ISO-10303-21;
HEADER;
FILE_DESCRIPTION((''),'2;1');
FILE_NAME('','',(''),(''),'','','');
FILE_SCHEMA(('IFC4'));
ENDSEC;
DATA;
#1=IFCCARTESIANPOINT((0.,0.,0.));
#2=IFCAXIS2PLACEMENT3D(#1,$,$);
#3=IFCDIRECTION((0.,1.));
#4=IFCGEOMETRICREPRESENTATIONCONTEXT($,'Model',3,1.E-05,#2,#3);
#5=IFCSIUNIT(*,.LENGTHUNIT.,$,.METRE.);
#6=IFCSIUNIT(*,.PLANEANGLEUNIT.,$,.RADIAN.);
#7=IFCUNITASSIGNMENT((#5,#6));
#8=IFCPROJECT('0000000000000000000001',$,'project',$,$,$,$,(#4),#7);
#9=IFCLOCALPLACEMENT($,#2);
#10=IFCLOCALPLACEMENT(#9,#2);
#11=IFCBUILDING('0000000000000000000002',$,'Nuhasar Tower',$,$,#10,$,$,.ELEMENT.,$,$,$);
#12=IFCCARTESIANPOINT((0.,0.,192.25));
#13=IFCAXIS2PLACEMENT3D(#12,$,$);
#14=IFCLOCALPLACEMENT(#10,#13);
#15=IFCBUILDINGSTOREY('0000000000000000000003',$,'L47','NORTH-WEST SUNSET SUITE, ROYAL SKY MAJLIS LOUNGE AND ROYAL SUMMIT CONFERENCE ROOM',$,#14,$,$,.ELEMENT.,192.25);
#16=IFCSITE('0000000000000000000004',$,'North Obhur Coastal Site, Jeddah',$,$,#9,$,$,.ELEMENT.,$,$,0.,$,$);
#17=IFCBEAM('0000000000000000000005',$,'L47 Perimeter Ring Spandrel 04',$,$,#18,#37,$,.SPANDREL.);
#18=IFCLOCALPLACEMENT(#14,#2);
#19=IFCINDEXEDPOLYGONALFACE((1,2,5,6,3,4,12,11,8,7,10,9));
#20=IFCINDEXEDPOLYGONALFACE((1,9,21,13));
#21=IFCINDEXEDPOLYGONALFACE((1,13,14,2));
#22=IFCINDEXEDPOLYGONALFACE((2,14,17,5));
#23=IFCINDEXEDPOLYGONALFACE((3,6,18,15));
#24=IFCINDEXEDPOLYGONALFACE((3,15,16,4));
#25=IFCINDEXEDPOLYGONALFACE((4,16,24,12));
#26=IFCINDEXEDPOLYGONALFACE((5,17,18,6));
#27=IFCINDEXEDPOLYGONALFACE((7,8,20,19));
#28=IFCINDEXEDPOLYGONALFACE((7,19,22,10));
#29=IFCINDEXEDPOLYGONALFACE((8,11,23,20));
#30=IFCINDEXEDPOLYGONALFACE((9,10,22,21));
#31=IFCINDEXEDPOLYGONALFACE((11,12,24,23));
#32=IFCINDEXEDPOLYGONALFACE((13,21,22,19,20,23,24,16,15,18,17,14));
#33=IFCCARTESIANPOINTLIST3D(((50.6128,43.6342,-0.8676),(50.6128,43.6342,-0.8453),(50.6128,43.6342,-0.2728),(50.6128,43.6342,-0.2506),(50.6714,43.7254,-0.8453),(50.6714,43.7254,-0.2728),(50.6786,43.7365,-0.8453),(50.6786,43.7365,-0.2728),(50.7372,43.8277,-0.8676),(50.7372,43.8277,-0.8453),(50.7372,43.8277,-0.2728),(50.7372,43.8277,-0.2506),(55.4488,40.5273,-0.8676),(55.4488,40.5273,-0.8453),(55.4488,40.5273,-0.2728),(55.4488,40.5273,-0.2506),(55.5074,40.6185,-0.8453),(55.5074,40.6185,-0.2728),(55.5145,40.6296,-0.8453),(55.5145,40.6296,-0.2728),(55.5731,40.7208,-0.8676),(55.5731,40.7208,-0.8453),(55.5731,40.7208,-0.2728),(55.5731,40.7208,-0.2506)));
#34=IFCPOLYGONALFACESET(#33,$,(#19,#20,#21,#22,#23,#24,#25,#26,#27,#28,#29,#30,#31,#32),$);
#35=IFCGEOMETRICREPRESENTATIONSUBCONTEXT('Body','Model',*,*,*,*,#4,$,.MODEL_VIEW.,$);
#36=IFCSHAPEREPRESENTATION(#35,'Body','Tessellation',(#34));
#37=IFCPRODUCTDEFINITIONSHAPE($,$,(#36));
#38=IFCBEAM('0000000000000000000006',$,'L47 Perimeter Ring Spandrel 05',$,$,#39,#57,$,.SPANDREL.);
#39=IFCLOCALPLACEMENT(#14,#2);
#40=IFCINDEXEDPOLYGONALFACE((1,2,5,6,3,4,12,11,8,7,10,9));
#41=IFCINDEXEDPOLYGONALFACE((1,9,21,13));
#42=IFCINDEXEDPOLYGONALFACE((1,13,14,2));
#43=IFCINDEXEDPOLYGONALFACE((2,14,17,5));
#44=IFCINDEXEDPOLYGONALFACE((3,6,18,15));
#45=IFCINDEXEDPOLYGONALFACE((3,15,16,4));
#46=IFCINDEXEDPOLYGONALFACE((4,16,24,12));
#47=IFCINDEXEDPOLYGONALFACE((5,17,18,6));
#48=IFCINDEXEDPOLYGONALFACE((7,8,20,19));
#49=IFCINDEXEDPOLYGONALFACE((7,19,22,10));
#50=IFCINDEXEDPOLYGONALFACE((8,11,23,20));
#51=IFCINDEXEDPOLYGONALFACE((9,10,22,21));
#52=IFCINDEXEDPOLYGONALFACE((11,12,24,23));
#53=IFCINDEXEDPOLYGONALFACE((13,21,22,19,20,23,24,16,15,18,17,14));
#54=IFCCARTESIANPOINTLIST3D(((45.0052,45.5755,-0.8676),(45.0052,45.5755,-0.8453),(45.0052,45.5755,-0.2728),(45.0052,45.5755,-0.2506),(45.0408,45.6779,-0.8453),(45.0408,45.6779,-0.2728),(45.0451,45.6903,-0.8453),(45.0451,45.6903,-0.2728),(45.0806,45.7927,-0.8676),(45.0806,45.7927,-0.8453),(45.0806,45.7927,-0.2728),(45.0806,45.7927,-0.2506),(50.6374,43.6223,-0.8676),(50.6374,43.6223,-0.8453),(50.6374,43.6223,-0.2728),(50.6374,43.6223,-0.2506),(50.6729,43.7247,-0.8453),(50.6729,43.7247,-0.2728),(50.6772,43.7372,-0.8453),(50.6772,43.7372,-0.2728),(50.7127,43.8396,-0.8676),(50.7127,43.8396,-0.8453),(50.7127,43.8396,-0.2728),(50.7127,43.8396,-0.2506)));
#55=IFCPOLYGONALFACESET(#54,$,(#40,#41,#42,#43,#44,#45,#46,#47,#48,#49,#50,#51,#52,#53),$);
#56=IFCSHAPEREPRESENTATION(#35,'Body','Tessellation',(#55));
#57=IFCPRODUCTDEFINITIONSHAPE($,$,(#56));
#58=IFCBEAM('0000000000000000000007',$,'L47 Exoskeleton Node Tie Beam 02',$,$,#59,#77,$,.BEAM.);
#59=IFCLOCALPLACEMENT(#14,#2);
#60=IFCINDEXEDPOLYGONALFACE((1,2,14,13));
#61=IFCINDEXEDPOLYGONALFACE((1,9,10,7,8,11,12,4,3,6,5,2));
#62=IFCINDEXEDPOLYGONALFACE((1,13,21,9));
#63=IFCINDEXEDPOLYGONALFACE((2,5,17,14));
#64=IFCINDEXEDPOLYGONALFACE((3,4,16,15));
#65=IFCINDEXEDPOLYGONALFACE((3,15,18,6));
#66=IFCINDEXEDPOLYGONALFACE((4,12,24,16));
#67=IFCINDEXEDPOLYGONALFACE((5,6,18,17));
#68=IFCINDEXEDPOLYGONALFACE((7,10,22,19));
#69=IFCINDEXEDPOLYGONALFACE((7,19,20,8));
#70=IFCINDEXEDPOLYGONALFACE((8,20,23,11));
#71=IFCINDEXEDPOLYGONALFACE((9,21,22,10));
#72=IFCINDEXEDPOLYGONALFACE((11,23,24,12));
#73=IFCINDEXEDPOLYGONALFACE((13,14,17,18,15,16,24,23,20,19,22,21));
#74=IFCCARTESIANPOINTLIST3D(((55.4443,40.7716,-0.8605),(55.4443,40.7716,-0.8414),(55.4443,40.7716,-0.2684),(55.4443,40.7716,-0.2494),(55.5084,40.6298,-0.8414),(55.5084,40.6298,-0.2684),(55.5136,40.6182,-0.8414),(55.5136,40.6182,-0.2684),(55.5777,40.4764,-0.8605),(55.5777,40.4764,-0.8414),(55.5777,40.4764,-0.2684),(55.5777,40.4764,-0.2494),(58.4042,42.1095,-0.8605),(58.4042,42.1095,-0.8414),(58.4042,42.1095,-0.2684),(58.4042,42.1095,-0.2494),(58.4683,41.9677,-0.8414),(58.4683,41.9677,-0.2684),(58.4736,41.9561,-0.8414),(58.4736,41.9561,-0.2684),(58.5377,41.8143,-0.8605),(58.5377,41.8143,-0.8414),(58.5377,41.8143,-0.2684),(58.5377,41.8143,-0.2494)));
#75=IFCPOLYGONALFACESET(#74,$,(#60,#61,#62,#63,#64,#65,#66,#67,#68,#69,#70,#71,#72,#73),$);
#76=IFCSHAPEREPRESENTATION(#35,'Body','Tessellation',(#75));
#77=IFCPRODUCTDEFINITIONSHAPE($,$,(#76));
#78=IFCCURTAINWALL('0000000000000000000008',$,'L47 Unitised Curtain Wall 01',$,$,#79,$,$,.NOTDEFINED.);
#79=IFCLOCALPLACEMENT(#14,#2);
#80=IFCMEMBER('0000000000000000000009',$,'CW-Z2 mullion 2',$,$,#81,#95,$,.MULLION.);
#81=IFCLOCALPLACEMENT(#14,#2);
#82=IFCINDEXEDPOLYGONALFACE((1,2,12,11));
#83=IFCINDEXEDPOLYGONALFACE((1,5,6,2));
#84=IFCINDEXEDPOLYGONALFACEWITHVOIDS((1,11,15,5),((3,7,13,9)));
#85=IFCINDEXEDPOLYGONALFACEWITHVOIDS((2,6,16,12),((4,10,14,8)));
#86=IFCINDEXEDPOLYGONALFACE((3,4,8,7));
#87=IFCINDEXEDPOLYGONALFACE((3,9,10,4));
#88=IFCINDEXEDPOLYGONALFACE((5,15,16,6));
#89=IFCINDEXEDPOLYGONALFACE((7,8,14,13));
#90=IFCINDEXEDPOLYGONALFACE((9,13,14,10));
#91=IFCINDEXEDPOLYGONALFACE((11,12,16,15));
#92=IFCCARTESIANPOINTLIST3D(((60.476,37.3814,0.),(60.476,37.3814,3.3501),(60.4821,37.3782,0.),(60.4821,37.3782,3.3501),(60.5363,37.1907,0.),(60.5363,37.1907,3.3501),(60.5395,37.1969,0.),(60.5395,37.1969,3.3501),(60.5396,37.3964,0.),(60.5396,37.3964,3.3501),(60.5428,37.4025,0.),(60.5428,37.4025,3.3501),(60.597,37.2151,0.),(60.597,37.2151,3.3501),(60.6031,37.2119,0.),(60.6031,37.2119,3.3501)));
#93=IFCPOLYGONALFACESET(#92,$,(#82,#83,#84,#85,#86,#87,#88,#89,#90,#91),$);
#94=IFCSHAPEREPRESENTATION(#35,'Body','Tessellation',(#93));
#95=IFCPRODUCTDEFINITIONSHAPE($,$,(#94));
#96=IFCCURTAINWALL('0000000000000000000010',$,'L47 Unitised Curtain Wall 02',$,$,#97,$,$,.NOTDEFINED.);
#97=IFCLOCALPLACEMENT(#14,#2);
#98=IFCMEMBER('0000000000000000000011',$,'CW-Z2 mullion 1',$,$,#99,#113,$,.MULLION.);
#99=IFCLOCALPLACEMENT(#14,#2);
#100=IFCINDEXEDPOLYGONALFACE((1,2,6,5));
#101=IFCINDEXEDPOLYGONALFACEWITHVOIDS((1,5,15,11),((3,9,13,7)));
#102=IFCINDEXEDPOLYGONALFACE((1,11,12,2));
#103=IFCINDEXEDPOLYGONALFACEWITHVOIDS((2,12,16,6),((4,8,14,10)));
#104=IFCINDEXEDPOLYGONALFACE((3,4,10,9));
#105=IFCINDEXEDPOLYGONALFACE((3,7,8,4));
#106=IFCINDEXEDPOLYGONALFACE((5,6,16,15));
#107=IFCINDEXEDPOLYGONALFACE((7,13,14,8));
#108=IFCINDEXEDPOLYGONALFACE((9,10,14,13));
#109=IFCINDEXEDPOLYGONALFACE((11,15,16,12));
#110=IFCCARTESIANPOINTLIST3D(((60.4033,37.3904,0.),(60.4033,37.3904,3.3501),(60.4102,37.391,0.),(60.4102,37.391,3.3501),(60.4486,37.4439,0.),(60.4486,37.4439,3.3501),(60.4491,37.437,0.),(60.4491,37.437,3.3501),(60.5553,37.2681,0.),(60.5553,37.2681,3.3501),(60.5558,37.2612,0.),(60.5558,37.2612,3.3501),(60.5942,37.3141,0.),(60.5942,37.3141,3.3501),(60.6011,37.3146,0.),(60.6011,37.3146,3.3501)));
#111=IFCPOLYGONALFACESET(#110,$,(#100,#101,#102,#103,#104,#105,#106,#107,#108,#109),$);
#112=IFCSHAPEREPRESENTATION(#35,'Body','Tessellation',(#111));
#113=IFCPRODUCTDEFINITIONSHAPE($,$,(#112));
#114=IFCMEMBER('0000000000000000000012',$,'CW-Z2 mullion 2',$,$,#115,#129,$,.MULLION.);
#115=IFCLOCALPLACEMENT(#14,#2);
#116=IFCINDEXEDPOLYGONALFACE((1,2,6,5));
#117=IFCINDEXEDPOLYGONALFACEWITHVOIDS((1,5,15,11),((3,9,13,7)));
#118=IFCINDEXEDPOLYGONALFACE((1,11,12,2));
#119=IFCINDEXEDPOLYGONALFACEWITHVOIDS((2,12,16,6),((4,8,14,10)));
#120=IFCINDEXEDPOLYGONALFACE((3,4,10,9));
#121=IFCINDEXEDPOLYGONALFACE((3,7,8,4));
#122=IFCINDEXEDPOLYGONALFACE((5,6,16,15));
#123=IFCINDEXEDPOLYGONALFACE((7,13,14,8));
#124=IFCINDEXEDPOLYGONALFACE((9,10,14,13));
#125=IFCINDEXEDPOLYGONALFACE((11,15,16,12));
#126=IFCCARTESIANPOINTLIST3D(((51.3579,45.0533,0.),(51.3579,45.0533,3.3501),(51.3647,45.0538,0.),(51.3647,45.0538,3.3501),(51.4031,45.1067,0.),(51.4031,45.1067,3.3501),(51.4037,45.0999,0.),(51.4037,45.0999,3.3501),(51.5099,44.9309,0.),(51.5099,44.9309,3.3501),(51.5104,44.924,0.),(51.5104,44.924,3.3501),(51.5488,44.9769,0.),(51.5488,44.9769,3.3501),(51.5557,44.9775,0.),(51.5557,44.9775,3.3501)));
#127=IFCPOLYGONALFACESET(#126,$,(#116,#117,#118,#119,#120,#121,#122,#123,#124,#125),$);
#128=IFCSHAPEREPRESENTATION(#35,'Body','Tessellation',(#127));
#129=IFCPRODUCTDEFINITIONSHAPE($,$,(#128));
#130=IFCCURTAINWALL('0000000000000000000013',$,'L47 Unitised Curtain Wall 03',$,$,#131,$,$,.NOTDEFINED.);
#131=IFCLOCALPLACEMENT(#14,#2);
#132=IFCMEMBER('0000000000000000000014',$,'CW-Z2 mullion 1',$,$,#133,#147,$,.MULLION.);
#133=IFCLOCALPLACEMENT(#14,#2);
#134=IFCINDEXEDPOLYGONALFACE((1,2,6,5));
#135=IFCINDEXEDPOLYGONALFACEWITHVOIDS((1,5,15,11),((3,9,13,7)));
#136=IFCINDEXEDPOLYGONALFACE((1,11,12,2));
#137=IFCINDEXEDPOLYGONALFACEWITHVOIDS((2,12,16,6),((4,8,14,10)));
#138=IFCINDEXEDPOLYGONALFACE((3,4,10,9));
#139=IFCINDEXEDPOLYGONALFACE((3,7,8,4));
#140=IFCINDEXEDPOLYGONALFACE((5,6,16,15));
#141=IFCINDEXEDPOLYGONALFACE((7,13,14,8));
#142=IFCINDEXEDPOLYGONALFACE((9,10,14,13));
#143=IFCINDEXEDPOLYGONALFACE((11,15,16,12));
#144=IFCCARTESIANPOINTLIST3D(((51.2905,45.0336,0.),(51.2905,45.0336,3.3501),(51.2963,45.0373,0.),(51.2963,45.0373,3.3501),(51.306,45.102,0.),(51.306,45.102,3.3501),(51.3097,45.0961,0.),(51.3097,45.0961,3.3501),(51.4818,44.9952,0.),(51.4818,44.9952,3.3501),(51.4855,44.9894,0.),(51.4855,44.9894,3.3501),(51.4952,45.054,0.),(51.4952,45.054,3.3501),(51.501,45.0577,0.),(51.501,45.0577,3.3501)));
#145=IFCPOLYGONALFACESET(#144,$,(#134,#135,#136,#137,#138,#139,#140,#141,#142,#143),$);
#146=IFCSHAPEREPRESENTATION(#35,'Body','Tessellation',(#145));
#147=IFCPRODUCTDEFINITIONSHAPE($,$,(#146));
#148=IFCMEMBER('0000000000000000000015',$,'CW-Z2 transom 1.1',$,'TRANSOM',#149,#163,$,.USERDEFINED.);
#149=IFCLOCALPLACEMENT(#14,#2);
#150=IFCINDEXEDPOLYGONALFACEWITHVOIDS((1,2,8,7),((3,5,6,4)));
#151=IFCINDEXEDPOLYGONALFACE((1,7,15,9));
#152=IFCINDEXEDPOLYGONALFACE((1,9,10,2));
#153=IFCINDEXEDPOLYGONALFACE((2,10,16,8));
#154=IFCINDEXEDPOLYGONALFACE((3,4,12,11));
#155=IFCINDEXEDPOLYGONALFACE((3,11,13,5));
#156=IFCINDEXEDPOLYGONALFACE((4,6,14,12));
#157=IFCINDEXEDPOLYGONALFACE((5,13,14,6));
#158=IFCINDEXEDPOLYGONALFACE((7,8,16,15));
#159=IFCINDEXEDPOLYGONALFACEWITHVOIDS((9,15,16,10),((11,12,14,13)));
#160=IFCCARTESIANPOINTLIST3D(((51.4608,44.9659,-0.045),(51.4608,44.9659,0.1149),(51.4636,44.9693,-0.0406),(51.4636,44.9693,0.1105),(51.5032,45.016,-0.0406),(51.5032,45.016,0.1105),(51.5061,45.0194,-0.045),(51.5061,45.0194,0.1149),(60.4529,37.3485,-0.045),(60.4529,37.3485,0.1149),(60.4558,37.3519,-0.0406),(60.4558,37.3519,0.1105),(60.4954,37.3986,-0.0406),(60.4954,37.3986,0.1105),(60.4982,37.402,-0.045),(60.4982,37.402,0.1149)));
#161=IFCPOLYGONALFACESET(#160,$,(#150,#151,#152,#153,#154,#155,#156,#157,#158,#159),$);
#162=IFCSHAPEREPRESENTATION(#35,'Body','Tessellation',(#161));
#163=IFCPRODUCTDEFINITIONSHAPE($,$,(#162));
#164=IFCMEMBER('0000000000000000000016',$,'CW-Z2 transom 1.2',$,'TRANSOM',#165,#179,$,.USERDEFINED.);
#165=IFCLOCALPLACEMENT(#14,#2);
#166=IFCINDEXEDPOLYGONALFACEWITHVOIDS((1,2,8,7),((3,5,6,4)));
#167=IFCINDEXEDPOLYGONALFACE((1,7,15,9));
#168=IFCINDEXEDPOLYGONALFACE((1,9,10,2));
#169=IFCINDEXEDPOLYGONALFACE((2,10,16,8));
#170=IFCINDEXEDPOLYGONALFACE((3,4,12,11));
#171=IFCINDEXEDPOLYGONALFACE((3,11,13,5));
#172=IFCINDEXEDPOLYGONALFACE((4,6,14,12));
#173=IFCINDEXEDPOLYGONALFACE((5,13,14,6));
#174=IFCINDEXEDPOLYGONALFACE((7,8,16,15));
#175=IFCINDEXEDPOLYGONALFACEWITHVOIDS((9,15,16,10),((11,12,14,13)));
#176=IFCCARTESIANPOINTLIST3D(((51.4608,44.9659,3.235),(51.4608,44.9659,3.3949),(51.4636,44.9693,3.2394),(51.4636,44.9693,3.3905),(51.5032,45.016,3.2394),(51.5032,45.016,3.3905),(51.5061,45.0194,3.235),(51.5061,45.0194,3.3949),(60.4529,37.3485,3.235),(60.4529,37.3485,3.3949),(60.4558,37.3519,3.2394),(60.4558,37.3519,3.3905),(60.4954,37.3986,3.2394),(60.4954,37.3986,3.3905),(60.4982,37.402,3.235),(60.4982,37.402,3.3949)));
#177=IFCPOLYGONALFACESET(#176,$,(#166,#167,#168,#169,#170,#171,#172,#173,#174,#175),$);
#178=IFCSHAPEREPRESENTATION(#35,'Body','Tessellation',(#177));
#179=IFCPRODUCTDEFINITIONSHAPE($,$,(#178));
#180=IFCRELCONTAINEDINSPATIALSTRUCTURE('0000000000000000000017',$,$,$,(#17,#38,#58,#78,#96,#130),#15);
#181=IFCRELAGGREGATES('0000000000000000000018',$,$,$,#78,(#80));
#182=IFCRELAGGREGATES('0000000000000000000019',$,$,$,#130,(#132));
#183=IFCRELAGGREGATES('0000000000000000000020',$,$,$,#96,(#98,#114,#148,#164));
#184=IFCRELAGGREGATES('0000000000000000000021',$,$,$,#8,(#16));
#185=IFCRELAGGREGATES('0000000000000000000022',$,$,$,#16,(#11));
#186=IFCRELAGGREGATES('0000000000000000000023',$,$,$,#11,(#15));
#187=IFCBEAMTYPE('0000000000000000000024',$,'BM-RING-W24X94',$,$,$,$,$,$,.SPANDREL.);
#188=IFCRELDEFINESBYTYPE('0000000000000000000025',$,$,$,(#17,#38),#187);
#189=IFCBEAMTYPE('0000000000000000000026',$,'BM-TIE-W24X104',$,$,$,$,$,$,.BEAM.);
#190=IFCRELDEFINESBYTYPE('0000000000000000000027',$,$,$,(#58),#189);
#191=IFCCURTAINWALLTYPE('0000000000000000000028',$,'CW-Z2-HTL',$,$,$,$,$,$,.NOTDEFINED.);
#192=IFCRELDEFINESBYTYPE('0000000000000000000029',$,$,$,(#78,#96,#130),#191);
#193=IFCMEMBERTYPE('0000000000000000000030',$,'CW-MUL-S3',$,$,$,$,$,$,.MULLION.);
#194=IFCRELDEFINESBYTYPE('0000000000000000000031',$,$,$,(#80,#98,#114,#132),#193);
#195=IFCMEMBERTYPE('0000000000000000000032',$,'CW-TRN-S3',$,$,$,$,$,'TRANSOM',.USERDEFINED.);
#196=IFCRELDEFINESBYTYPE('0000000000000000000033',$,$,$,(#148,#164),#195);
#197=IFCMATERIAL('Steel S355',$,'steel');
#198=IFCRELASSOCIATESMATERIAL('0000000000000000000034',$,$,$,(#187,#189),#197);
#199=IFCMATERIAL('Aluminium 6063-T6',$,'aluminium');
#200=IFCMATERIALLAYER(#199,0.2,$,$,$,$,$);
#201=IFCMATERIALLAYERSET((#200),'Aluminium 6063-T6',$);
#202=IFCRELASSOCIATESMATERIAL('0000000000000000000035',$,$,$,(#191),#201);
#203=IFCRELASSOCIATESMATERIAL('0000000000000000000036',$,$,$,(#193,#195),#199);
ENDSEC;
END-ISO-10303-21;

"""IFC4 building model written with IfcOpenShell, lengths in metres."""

from ifc_helpers import new_model, si_unit, direction, frame, origin, origin_2d, place, context, subcontext, project, spatial, hollow_rectangle, i_section, extrude, material, layer, layer_set, material_profile, profile_set, type_object, element, aggregate, save


model = new_model("IFC4")

# Units and contexts
model_context = context("Model", 3, precision=1e-05, world=origin(), true_north=direction((0.0, 1.0)))
body_context = subcontext(model_context, "Body", "Model", "MODEL_VIEW")
ifc_project = project(units=[si_unit("LENGTHUNIT", "METRE"), si_unit("PLANEANGLEUNIT", "RADIAN")], contexts=[model_context])

# Site, building, storey
site_placement = place(None, origin())
site = spatial("IfcSite", under=ifc_project, at=site_placement, Name="North Obhur Coastal Site, Jeddah", CompositionType="ELEMENT", RefElevation=0.0)
building_placement = place(site_placement, origin())
building = spatial("IfcBuilding", under=site, at=building_placement, Name="Nuhasar Tower", CompositionType="ELEMENT")
storey_placement = place(building_placement, frame((0.0, 0.0, 192.25)))
storey = spatial("IfcBuildingStorey", under=building, at=storey_placement, Name="L47", Description="NORTH-WEST SUNSET SUITE, ROYAL SKY MAJLIS LOUNGE AND ROYAL SUMMIT CONFERENCE ROOM", CompositionType="ELEMENT", Elevation=192.25)

# Beams
ifc_material_1 = material(Name="Steel S355", Category="steel")
ifc_material_profile_1 = material_profile(ifc_material_1, i_section(OverallWidth=0.23, OverallDepth=0.6169, WebThickness=0.0132, FlangeThickness=0.0222, at=origin_2d()), Name="W24X94")
ifc_profile_set_1 = profile_set([ifc_material_profile_1], Name="Steel S355")
beam_type_1 = type_object("IfcBeamType", Name="BM-RING-W24X94", PredefinedType="SPANDREL", material=ifc_profile_set_1)
beam_1_placement = place(storey_placement, frame((55.511, 40.624, -0.5591), z_axis=(-0.841327, 0.540526, 0.0), x_axis=(-0.540526, -0.841327, 0.0)))
element("IfcBeam", 1, at=beam_1_placement, inside=storey, type_object=beam_type_1, Name="L47 Perimeter Ring Spandrel 04", PredefinedType="SPANDREL", context=body_context, shape_type="SweptSolid", body=[
    extrude(i_section(OverallWidth=0.23, OverallDepth=0.6169, WebThickness=0.0132, FlangeThickness=0.0222, at=origin_2d()), origin(), (0.0, 0.0, 1.0), 5.748),
])
beam_2_placement = place(storey_placement, frame((50.675, 43.731, -0.5591), z_axis=(-0.944801, 0.327644, 0.0), x_axis=(-0.327644, -0.944801, 0.0)))
element("IfcBeam", 2, at=beam_2_placement, inside=storey, type_object=beam_type_1, Name="L47 Perimeter Ring Spandrel 05", PredefinedType="SPANDREL", context=body_context, shape_type="SweptSolid", body=[
    extrude(i_section(OverallWidth=0.23, OverallDepth=0.6169, WebThickness=0.0132, FlangeThickness=0.0222, at=origin_2d()), origin(), (0.0, 0.0, 1.0), 5.9612),
])
ifc_material_profile_2 = material_profile(ifc_material_1, i_section(OverallWidth=0.324, OverallDepth=0.6111, WebThickness=0.0127, FlangeThickness=0.019, at=origin_2d()), Name="W24X104")
ifc_profile_set_2 = profile_set([ifc_material_profile_2], Name="Steel S355")
beam_type_2 = type_object("IfcBeamType", Name="BM-TIE-W24X104", PredefinedType="BEAM", material=ifc_profile_set_2)
beam_3_placement = place(storey_placement, frame((55.511, 40.624, -0.5549), z_axis=(0.91124, 0.411877, 0.0), x_axis=(-0.411877, 0.91124, 0.0)))
element("IfcBeam", 3, at=beam_3_placement, inside=storey, type_object=beam_type_2, Name="L47 Exoskeleton Node Tie Beam 02", PredefinedType="BEAM", context=body_context, shape_type="SweptSolid", body=[
    extrude(i_section(OverallWidth=0.324, OverallDepth=0.6111, WebThickness=0.0127, FlangeThickness=0.019, at=origin_2d()), origin(), (0.0, 0.0, 1.0), 3.2483),
])

# Curtain wall, member
ifc_material_2 = material(Name="Aluminium 6063-T6", Category="aluminium")
ifc_layer_1 = layer(ifc_material_2, 0.2)
ifc_layer_set_1 = layer_set([ifc_layer_1], Name="Aluminium 6063-T6")
curtain_wall_type = type_object("IfcCurtainWallType", Name="CW-Z2-HTL", PredefinedType="NOTDEFINED", material=ifc_layer_set_1)
curtain_wall_1_placement = place(storey_placement, origin())
curtain_wall_1 = element("IfcCurtainWall", 4, at=curtain_wall_1_placement, inside=storey, type_object=curtain_wall_type, Name="L47 Unitised Curtain Wall 01", PredefinedType="NOTDEFINED")
ifc_material_profile_3 = material_profile(ifc_material_2, hollow_rectangle(XDim=0.0701, YDim=0.2, WallThickness=0.0049, at=origin_2d()), Name="CWM-3")
ifc_profile_set_3 = profile_set([ifc_material_profile_3], Name="Aluminium 6063-T6")
member_type_1 = type_object("IfcMemberType", Name="CW-MUL-S3", PredefinedType="MULLION", material=ifc_profile_set_3)
member_1_placement = place(storey_placement, frame((60.5396, 37.2966, 0.0), z_axis=(0.0, 0.0, 1.0), x_axis=(-0.953433, -0.301604, 0.0)))
member_1 = element("IfcMember", 5, at=member_1_placement, type_object=member_type_1, Name="CW-Z2 mullion 2", PredefinedType="MULLION", context=body_context, shape_type="SweptSolid", body=[
    extrude(hollow_rectangle(XDim=0.0701, YDim=0.2, WallThickness=0.0049, at=origin_2d()), origin(), (0.0, 0.0, 1.0), 3.3501),
])
aggregate(curtain_wall_1, [member_1])

# Curtain wall, members
curtain_wall_2_placement = place(storey_placement, origin())
curtain_wall_2 = element("IfcCurtainWall", 6, at=curtain_wall_2_placement, inside=storey, type_object=curtain_wall_type, Name="L47 Unitised Curtain Wall 02", PredefinedType="NOTDEFINED")
member_2_placement = place(storey_placement, frame((60.5022, 37.3525, 0.0), z_axis=(0.0, 0.0, 1.0), x_axis=(-0.646374, -0.76302, 0.0)))
member_2 = element("IfcMember", 7, at=member_2_placement, type_object=member_type_1, Name="CW-Z2 mullion 1", PredefinedType="MULLION", context=body_context, shape_type="SweptSolid", body=[
    extrude(hollow_rectangle(XDim=0.0701, YDim=0.2, WallThickness=0.0049, at=origin_2d()), origin(), (0.0, 0.0, 1.0), 3.3501),
])
member_3_placement = place(storey_placement, frame((51.4568, 45.0154, 0.0), z_axis=(0.0, 0.0, 1.0), x_axis=(-0.646374, -0.76302, 0.0)))
member_3 = element("IfcMember", 8, at=member_3_placement, type_object=member_type_1, Name="CW-Z2 mullion 2", PredefinedType="MULLION", context=body_context, shape_type="SweptSolid", body=[
    extrude(hollow_rectangle(XDim=0.0701, YDim=0.2, WallThickness=0.0049, at=origin_2d()), origin(), (0.0, 0.0, 1.0), 3.3501),
])

# Curtain wall, member
curtain_wall_3_placement = place(storey_placement, origin())
curtain_wall_3 = element("IfcCurtainWall", 9, at=curtain_wall_3_placement, inside=storey, type_object=curtain_wall_type, Name="L47 Unitised Curtain Wall 03", PredefinedType="NOTDEFINED")
member_4_placement = place(storey_placement, frame((51.3958, 45.0457, 0.0), z_axis=(0.0, 0.0, 1.0), x_axis=(-0.221397, -0.975184, 0.0)))
member_4 = element("IfcMember", 10, at=member_4_placement, type_object=member_type_1, Name="CW-Z2 mullion 1", PredefinedType="MULLION", context=body_context, shape_type="SweptSolid", body=[
    extrude(hollow_rectangle(XDim=0.0701, YDim=0.2, WallThickness=0.0049, at=origin_2d()), origin(), (0.0, 0.0, 1.0), 3.3501),
])

# Members
ifc_material_profile_4 = material_profile(ifc_material_2, hollow_rectangle(XDim=0.0701, YDim=0.1599, WallThickness=0.0044, at=origin_2d()), Name="CWT-3")
ifc_profile_set_4 = profile_set([ifc_material_profile_4], Name="Aluminium 6063-T6")
member_type_2 = type_object("IfcMemberType", Name="CW-TRN-S3", ElementType="TRANSOM", PredefinedType="USERDEFINED", material=ifc_profile_set_4)
member_5_placement = place(storey_placement, frame((60.4756, 37.3752, 0.0349), z_axis=(-0.763024, 0.64637, 0.0), x_axis=(-0.64637, -0.763024, 0.0)))
member_5 = element("IfcMember", 11, at=member_5_placement, type_object=member_type_2, Name="CW-Z2 transom 1.1", ObjectType="TRANSOM", PredefinedType="USERDEFINED", context=body_context, shape_type="SweptSolid", body=[
    extrude(hollow_rectangle(XDim=0.0701, YDim=0.1599, WallThickness=0.0044, at=origin_2d()), origin(), (0.0, 0.0, 1.0), 11.7849),
])
member_6_placement = place(storey_placement, frame((60.4756, 37.3752, 3.3149), z_axis=(-0.763024, 0.64637, 0.0), x_axis=(-0.64637, -0.763024, 0.0)))
member_6 = element("IfcMember", 12, at=member_6_placement, type_object=member_type_2, Name="CW-Z2 transom 1.2", ObjectType="TRANSOM", PredefinedType="USERDEFINED", context=body_context, shape_type="SweptSolid", body=[
    extrude(hollow_rectangle(XDim=0.0701, YDim=0.1599, WallThickness=0.0044, at=origin_2d()), origin(), (0.0, 0.0, 1.0), 11.7849),
])
aggregate(curtain_wall_3, [member_4])

aggregate(curtain_wall_2, [member_2, member_3, member_5, member_6])

save(model, "model.ifc")
